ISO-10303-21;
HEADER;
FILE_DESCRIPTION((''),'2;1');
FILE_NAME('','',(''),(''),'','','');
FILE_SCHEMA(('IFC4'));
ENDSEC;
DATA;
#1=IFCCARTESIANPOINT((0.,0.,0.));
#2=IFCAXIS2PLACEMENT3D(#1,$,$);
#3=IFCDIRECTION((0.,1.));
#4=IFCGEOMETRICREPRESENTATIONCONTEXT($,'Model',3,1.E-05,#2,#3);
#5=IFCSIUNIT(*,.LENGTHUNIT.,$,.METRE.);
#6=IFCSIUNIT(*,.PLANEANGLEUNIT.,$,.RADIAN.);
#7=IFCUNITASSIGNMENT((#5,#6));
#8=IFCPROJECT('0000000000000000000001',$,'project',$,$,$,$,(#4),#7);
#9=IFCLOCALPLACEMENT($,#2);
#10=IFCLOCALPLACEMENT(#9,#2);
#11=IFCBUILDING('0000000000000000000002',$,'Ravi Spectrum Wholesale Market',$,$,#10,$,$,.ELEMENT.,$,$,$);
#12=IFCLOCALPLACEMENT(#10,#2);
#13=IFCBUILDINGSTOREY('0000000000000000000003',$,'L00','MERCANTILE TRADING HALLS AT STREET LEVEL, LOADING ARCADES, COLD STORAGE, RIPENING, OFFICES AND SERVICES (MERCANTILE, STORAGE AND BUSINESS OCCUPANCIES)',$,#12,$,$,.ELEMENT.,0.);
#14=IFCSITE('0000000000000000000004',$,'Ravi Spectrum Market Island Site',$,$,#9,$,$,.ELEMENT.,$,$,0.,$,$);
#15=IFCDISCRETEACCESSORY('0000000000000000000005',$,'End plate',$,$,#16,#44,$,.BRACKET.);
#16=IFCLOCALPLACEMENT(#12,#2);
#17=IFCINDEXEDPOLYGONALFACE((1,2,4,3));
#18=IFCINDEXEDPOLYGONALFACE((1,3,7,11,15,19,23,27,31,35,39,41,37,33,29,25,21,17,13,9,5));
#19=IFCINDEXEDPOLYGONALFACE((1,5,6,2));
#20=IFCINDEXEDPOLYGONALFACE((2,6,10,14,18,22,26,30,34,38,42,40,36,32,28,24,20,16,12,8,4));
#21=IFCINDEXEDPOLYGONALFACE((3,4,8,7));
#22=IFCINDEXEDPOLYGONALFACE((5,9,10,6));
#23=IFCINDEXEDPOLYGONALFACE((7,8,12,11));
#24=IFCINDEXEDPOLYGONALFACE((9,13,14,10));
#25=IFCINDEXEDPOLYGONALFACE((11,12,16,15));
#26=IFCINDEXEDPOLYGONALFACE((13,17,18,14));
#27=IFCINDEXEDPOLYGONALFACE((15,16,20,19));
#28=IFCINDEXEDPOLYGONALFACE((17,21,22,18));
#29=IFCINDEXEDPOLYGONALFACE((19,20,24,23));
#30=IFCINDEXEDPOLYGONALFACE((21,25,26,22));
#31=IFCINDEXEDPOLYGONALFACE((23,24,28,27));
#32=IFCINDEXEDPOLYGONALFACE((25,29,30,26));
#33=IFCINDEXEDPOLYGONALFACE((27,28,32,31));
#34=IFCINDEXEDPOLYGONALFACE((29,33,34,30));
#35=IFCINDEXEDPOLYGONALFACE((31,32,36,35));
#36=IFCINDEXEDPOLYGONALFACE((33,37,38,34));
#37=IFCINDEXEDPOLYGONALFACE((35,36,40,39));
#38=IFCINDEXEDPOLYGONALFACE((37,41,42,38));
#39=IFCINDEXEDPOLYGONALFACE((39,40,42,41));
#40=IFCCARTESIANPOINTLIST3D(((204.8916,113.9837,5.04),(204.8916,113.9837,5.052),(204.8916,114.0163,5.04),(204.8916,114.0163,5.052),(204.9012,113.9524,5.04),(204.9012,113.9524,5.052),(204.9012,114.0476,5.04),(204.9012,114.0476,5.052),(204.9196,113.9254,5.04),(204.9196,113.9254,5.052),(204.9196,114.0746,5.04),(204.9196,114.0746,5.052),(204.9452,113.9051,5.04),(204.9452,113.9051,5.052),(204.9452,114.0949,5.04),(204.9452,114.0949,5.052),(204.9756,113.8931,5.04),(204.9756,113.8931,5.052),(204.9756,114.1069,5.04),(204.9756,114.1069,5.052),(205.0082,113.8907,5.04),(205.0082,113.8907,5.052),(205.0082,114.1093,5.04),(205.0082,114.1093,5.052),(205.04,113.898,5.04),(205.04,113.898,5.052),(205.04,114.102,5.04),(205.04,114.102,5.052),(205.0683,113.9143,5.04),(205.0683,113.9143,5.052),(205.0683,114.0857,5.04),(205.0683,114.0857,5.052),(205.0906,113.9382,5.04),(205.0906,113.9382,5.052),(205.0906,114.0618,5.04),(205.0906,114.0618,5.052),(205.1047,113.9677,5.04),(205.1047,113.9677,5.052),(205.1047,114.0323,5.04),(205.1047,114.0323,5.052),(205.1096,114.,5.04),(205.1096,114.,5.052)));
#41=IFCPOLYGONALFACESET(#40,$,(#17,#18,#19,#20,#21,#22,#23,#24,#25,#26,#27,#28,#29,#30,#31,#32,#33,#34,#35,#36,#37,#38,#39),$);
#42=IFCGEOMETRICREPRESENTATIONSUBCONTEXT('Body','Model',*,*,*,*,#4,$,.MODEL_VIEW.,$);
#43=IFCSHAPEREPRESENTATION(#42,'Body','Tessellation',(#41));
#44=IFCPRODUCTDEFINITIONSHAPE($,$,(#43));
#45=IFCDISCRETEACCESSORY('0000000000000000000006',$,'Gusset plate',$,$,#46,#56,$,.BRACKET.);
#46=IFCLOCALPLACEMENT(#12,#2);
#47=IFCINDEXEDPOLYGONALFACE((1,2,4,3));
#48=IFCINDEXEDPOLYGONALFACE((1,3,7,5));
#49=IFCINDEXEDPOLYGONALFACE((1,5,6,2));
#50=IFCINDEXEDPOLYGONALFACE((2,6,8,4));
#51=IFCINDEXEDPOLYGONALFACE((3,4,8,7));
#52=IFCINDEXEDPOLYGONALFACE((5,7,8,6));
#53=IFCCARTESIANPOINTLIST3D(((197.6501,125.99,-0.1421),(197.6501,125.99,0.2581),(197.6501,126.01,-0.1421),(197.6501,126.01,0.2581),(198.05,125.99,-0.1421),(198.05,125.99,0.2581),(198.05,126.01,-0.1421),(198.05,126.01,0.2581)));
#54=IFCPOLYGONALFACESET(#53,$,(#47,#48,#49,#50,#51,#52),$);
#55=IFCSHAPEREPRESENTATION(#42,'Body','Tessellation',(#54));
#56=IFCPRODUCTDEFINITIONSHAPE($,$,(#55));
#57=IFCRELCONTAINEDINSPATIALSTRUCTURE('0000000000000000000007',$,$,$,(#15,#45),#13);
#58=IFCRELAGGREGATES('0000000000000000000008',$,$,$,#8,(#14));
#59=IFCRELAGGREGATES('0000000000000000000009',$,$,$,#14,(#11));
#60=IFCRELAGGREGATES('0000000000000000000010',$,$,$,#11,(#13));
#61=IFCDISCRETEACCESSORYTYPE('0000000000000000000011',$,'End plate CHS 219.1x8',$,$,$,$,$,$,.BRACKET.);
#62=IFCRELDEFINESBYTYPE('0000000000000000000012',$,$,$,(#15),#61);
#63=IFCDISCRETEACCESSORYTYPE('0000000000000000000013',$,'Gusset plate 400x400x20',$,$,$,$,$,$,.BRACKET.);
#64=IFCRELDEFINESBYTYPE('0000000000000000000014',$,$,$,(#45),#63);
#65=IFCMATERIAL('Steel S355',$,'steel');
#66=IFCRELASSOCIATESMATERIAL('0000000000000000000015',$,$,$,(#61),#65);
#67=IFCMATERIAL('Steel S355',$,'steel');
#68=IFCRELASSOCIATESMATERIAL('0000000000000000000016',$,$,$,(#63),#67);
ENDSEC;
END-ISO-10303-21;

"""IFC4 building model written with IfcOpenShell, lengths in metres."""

from ifc_helpers import new_model, si_unit, direction, frame, origin, origin_2d, place, context, subcontext, project, spatial, rectangle, circle, extrude, material, material_profile, profile_set, type_object, element, save


model = new_model("IFC4")

# Units and contexts
model_context = context("Model", 3, precision=1e-05, world=origin(), true_north=direction((0.0, 1.0)))
body_context = subcontext(model_context, "Body", "Model", "MODEL_VIEW")
ifc_project = project(units=[si_unit("LENGTHUNIT", "METRE"), si_unit("PLANEANGLEUNIT", "RADIAN")], contexts=[model_context])

# Site, building, storey
site_placement = place(None, origin())
site = spatial("IfcSite", under=ifc_project, at=site_placement, Name="Ravi Spectrum Market Island Site", CompositionType="ELEMENT", RefElevation=0.0)
building_placement = place(site_placement, origin())
building = spatial("IfcBuilding", under=site, at=building_placement, Name="Ravi Spectrum Wholesale Market", CompositionType="ELEMENT")
storey_placement = place(building_placement, origin())
storey = spatial("IfcBuildingStorey", under=building, at=storey_placement, Name="L00", Description="MERCANTILE TRADING HALLS AT STREET LEVEL, LOADING ARCADES, COLD STORAGE, RIPENING, OFFICES AND SERVICES (MERCANTILE, STORAGE AND BUSINESS OCCUPANCIES)", CompositionType="ELEMENT", Elevation=0.0)

# Discrete accessories
ifc_material_1 = material(Name="Steel S355", Category="steel")
ifc_material_profile_1 = material_profile(ifc_material_1, circle(Radius=0.1096, at=origin_2d()))
ifc_profile_set_1 = profile_set([ifc_material_profile_1], Name="Steel S355")
discrete_accessory_type_1 = type_object("IfcDiscreteAccessoryType", Name="End plate CHS 219.1x8", PredefinedType="BRACKET", material=ifc_profile_set_1)
for number, where, z_axis, x_axis, name in (
    (1, (205.0, 114.0, 5.04), (0.0, 0.0, 1.0), (1.0, 0.0, 0.0), "End plate"),
):
    element("IfcDiscreteAccessory", number, at=place(storey_placement, frame(where, z_axis=z_axis, x_axis=x_axis)), inside=storey, type_object=discrete_accessory_type_1, Name=name, PredefinedType="BRACKET", context=body_context, shape_type="SweptSolid", body=[
        extrude(circle(Radius=0.1096, at=origin_2d()), origin(), (0.0, 0.0, 1.0), 0.012),
    ])
ifc_material_2 = material(Name="Steel S355", Category="steel")
ifc_material_profile_2 = material_profile(ifc_material_2, rectangle(XDim=0.3999, YDim=0.02, at=origin_2d()))
ifc_profile_set_2 = profile_set([ifc_material_profile_2], Name="Steel S355")
discrete_accessory_type_2 = type_object("IfcDiscreteAccessoryType", Name="Gusset plate 400x400x20", PredefinedType="BRACKET", material=ifc_profile_set_2)
discrete_accessory_placement = place(storey_placement, frame((197.8501, 126.0, -0.1421), z_axis=(0.0, 0.0, 1.0), x_axis=(-1.0, 0.0, 0.0)))
element("IfcDiscreteAccessory", 2, at=discrete_accessory_placement, inside=storey, type_object=discrete_accessory_type_2, Name="Gusset plate", PredefinedType="BRACKET", context=body_context, shape_type="SweptSolid", body=[
    extrude(rectangle(XDim=0.3999, YDim=0.02, at=origin_2d()), origin(), (0.0, 0.0, 1.0), 0.4001),
])

save(model, "model.ifc")
